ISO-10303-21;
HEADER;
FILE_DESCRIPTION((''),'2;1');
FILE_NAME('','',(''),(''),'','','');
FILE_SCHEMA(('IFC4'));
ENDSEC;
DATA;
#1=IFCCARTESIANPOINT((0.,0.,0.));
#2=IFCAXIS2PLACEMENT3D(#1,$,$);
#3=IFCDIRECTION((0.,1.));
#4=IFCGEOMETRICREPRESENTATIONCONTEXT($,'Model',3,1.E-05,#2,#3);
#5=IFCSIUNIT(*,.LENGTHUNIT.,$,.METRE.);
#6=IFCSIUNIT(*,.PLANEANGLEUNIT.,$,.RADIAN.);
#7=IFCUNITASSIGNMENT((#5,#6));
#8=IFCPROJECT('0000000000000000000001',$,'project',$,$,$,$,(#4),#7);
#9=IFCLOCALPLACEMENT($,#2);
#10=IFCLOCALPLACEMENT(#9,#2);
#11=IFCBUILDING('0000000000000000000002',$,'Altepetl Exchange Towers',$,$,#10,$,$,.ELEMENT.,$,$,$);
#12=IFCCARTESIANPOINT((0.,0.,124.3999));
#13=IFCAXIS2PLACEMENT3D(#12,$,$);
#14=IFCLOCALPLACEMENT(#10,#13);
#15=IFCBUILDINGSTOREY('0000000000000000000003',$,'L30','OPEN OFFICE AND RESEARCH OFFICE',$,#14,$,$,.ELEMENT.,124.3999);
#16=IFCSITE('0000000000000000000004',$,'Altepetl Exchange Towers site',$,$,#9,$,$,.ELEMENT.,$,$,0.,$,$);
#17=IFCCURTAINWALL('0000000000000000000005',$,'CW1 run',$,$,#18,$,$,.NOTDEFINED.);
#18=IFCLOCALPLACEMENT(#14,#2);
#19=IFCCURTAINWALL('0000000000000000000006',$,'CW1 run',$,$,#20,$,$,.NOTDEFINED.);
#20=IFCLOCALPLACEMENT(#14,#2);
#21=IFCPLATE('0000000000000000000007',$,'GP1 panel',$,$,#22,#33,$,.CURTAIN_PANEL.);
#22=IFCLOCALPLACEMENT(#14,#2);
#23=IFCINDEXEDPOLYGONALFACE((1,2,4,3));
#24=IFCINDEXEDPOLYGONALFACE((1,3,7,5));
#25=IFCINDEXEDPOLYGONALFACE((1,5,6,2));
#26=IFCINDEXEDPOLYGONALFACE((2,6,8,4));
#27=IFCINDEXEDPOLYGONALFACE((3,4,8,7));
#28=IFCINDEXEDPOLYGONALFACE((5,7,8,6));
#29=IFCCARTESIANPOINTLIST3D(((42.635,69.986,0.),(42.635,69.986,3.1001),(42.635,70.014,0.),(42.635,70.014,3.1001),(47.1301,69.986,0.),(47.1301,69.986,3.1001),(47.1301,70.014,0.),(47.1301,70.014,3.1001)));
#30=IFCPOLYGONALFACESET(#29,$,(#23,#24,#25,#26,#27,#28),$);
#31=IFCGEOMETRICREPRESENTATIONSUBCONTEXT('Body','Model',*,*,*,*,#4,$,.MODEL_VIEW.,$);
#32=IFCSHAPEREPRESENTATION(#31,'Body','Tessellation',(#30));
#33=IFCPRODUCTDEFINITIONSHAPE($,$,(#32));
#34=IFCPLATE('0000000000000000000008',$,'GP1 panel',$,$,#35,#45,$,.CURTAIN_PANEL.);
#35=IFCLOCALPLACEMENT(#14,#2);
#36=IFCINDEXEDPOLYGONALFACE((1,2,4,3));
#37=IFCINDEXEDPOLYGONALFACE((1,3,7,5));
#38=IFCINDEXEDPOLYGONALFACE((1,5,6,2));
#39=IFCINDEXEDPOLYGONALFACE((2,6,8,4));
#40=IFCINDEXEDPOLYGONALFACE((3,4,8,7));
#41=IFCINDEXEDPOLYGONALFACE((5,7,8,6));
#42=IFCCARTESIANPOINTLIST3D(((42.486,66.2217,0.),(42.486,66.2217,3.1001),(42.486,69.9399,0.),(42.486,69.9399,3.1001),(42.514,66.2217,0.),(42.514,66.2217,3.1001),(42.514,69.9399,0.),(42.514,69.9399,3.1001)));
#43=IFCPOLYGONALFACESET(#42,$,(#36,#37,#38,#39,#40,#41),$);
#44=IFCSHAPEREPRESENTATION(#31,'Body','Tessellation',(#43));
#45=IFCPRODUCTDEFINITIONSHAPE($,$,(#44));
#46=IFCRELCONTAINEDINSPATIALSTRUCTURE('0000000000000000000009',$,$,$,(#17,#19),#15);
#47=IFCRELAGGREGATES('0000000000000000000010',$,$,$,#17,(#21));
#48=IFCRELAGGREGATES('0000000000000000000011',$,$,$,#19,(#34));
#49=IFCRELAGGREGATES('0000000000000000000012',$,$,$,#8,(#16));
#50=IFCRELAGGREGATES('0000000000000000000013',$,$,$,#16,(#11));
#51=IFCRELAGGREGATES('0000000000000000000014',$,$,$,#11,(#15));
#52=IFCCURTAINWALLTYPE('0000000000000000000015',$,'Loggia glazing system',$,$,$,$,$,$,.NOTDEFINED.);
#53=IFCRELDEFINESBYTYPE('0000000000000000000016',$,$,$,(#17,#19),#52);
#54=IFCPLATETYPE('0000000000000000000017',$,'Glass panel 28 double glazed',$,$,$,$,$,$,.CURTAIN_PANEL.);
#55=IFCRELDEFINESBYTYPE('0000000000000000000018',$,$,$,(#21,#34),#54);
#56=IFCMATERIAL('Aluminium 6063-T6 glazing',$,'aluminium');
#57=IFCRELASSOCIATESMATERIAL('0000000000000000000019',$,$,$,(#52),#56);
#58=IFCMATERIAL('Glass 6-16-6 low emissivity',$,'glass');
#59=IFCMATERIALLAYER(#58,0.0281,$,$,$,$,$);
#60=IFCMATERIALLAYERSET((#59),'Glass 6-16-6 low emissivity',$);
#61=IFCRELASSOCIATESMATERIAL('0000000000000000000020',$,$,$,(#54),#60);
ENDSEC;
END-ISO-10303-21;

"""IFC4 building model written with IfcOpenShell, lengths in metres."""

from ifc_helpers import new_model, si_unit, direction, frame, origin, origin_2d, place, context, subcontext, project, spatial, rectangle, extrude, material, layer, layer_set, type_object, element, aggregate, save


model = new_model("IFC4")

# Units and contexts
model_context = context("Model", 3, precision=1e-05, world=origin(), true_north=direction((0.0, 1.0)))
body_context = subcontext(model_context, "Body", "Model", "MODEL_VIEW")
ifc_project = project(units=[si_unit("LENGTHUNIT", "METRE"), si_unit("PLANEANGLEUNIT", "RADIAN")], contexts=[model_context])

# Site, building, storey
site_placement = place(None, origin())
site = spatial("IfcSite", under=ifc_project, at=site_placement, Name="Altepetl Exchange Towers site", CompositionType="ELEMENT", RefElevation=0.0)
building_placement = place(site_placement, origin())
building = spatial("IfcBuilding", under=site, at=building_placement, Name="Altepetl Exchange Towers", CompositionType="ELEMENT")
storey_placement = place(building_placement, frame((0.0, 0.0, 124.3999)))
storey = spatial("IfcBuildingStorey", under=building, at=storey_placement, Name="L30", Description="OPEN OFFICE AND RESEARCH OFFICE", CompositionType="ELEMENT", Elevation=124.3999)

# Curtain walls
ifc_material_1 = material(Name="Aluminium 6063-T6 glazing", Category="aluminium")
curtain_wall_type = type_object("IfcCurtainWallType", Name="Loggia glazing system", PredefinedType="NOTDEFINED", material=ifc_material_1)
curtain_wall_1_placement = place(storey_placement, origin())
curtain_wall_1 = element("IfcCurtainWall", 1, at=curtain_wall_1_placement, inside=storey, type_object=curtain_wall_type, Name="CW1 run", PredefinedType="NOTDEFINED")
curtain_wall_2_placement = place(storey_placement, origin())
curtain_wall_2 = element("IfcCurtainWall", 2, at=curtain_wall_2_placement, inside=storey, type_object=curtain_wall_type, Name="CW1 run", PredefinedType="NOTDEFINED")

# Plates
ifc_material_2 = material(Name="Glass 6-16-6 low emissivity", Category="glass")
ifc_layer = layer(ifc_material_2, 0.0281)
ifc_layer_set = layer_set([ifc_layer], Name="Glass 6-16-6 low emissivity")
plate_type = type_object("IfcPlateType", Name="Glass panel 28 double glazed", PredefinedType="CURTAIN_PANEL", material=ifc_layer_set)
plate_1_placement = place(storey_placement, frame((44.8826, 70.0, 0.0), z_axis=(0.0, 0.0, 1.0), x_axis=(-1.0, 0.0, 0.0)))
plate_1 = element("IfcPlate", 3, at=plate_1_placement, type_object=plate_type, Name="GP1 panel", PredefinedType="CURTAIN_PANEL", context=body_context, shape_type="SweptSolid", body=[
    extrude(rectangle(XDim=4.4951, YDim=0.0281, at=origin_2d()), origin(), (0.0, 0.0, 1.0), 3.1001),
])
aggregate(curtain_wall_1, [plate_1])
plate_2_placement = place(storey_placement, frame((42.5, 68.0808, 0.0), z_axis=(0.0, 0.0, 1.0), x_axis=(0.0, -1.0, 0.0)))
plate_2 = element("IfcPlate", 4, at=plate_2_placement, type_object=plate_type, Name="GP1 panel", PredefinedType="CURTAIN_PANEL", context=body_context, shape_type="SweptSolid", body=[
    extrude(rectangle(XDim=3.7183, YDim=0.0281, at=origin_2d()), origin(), (0.0, 0.0, 1.0), 3.1001),
])
aggregate(curtain_wall_2, [plate_2])

save(model, "model.ifc")
